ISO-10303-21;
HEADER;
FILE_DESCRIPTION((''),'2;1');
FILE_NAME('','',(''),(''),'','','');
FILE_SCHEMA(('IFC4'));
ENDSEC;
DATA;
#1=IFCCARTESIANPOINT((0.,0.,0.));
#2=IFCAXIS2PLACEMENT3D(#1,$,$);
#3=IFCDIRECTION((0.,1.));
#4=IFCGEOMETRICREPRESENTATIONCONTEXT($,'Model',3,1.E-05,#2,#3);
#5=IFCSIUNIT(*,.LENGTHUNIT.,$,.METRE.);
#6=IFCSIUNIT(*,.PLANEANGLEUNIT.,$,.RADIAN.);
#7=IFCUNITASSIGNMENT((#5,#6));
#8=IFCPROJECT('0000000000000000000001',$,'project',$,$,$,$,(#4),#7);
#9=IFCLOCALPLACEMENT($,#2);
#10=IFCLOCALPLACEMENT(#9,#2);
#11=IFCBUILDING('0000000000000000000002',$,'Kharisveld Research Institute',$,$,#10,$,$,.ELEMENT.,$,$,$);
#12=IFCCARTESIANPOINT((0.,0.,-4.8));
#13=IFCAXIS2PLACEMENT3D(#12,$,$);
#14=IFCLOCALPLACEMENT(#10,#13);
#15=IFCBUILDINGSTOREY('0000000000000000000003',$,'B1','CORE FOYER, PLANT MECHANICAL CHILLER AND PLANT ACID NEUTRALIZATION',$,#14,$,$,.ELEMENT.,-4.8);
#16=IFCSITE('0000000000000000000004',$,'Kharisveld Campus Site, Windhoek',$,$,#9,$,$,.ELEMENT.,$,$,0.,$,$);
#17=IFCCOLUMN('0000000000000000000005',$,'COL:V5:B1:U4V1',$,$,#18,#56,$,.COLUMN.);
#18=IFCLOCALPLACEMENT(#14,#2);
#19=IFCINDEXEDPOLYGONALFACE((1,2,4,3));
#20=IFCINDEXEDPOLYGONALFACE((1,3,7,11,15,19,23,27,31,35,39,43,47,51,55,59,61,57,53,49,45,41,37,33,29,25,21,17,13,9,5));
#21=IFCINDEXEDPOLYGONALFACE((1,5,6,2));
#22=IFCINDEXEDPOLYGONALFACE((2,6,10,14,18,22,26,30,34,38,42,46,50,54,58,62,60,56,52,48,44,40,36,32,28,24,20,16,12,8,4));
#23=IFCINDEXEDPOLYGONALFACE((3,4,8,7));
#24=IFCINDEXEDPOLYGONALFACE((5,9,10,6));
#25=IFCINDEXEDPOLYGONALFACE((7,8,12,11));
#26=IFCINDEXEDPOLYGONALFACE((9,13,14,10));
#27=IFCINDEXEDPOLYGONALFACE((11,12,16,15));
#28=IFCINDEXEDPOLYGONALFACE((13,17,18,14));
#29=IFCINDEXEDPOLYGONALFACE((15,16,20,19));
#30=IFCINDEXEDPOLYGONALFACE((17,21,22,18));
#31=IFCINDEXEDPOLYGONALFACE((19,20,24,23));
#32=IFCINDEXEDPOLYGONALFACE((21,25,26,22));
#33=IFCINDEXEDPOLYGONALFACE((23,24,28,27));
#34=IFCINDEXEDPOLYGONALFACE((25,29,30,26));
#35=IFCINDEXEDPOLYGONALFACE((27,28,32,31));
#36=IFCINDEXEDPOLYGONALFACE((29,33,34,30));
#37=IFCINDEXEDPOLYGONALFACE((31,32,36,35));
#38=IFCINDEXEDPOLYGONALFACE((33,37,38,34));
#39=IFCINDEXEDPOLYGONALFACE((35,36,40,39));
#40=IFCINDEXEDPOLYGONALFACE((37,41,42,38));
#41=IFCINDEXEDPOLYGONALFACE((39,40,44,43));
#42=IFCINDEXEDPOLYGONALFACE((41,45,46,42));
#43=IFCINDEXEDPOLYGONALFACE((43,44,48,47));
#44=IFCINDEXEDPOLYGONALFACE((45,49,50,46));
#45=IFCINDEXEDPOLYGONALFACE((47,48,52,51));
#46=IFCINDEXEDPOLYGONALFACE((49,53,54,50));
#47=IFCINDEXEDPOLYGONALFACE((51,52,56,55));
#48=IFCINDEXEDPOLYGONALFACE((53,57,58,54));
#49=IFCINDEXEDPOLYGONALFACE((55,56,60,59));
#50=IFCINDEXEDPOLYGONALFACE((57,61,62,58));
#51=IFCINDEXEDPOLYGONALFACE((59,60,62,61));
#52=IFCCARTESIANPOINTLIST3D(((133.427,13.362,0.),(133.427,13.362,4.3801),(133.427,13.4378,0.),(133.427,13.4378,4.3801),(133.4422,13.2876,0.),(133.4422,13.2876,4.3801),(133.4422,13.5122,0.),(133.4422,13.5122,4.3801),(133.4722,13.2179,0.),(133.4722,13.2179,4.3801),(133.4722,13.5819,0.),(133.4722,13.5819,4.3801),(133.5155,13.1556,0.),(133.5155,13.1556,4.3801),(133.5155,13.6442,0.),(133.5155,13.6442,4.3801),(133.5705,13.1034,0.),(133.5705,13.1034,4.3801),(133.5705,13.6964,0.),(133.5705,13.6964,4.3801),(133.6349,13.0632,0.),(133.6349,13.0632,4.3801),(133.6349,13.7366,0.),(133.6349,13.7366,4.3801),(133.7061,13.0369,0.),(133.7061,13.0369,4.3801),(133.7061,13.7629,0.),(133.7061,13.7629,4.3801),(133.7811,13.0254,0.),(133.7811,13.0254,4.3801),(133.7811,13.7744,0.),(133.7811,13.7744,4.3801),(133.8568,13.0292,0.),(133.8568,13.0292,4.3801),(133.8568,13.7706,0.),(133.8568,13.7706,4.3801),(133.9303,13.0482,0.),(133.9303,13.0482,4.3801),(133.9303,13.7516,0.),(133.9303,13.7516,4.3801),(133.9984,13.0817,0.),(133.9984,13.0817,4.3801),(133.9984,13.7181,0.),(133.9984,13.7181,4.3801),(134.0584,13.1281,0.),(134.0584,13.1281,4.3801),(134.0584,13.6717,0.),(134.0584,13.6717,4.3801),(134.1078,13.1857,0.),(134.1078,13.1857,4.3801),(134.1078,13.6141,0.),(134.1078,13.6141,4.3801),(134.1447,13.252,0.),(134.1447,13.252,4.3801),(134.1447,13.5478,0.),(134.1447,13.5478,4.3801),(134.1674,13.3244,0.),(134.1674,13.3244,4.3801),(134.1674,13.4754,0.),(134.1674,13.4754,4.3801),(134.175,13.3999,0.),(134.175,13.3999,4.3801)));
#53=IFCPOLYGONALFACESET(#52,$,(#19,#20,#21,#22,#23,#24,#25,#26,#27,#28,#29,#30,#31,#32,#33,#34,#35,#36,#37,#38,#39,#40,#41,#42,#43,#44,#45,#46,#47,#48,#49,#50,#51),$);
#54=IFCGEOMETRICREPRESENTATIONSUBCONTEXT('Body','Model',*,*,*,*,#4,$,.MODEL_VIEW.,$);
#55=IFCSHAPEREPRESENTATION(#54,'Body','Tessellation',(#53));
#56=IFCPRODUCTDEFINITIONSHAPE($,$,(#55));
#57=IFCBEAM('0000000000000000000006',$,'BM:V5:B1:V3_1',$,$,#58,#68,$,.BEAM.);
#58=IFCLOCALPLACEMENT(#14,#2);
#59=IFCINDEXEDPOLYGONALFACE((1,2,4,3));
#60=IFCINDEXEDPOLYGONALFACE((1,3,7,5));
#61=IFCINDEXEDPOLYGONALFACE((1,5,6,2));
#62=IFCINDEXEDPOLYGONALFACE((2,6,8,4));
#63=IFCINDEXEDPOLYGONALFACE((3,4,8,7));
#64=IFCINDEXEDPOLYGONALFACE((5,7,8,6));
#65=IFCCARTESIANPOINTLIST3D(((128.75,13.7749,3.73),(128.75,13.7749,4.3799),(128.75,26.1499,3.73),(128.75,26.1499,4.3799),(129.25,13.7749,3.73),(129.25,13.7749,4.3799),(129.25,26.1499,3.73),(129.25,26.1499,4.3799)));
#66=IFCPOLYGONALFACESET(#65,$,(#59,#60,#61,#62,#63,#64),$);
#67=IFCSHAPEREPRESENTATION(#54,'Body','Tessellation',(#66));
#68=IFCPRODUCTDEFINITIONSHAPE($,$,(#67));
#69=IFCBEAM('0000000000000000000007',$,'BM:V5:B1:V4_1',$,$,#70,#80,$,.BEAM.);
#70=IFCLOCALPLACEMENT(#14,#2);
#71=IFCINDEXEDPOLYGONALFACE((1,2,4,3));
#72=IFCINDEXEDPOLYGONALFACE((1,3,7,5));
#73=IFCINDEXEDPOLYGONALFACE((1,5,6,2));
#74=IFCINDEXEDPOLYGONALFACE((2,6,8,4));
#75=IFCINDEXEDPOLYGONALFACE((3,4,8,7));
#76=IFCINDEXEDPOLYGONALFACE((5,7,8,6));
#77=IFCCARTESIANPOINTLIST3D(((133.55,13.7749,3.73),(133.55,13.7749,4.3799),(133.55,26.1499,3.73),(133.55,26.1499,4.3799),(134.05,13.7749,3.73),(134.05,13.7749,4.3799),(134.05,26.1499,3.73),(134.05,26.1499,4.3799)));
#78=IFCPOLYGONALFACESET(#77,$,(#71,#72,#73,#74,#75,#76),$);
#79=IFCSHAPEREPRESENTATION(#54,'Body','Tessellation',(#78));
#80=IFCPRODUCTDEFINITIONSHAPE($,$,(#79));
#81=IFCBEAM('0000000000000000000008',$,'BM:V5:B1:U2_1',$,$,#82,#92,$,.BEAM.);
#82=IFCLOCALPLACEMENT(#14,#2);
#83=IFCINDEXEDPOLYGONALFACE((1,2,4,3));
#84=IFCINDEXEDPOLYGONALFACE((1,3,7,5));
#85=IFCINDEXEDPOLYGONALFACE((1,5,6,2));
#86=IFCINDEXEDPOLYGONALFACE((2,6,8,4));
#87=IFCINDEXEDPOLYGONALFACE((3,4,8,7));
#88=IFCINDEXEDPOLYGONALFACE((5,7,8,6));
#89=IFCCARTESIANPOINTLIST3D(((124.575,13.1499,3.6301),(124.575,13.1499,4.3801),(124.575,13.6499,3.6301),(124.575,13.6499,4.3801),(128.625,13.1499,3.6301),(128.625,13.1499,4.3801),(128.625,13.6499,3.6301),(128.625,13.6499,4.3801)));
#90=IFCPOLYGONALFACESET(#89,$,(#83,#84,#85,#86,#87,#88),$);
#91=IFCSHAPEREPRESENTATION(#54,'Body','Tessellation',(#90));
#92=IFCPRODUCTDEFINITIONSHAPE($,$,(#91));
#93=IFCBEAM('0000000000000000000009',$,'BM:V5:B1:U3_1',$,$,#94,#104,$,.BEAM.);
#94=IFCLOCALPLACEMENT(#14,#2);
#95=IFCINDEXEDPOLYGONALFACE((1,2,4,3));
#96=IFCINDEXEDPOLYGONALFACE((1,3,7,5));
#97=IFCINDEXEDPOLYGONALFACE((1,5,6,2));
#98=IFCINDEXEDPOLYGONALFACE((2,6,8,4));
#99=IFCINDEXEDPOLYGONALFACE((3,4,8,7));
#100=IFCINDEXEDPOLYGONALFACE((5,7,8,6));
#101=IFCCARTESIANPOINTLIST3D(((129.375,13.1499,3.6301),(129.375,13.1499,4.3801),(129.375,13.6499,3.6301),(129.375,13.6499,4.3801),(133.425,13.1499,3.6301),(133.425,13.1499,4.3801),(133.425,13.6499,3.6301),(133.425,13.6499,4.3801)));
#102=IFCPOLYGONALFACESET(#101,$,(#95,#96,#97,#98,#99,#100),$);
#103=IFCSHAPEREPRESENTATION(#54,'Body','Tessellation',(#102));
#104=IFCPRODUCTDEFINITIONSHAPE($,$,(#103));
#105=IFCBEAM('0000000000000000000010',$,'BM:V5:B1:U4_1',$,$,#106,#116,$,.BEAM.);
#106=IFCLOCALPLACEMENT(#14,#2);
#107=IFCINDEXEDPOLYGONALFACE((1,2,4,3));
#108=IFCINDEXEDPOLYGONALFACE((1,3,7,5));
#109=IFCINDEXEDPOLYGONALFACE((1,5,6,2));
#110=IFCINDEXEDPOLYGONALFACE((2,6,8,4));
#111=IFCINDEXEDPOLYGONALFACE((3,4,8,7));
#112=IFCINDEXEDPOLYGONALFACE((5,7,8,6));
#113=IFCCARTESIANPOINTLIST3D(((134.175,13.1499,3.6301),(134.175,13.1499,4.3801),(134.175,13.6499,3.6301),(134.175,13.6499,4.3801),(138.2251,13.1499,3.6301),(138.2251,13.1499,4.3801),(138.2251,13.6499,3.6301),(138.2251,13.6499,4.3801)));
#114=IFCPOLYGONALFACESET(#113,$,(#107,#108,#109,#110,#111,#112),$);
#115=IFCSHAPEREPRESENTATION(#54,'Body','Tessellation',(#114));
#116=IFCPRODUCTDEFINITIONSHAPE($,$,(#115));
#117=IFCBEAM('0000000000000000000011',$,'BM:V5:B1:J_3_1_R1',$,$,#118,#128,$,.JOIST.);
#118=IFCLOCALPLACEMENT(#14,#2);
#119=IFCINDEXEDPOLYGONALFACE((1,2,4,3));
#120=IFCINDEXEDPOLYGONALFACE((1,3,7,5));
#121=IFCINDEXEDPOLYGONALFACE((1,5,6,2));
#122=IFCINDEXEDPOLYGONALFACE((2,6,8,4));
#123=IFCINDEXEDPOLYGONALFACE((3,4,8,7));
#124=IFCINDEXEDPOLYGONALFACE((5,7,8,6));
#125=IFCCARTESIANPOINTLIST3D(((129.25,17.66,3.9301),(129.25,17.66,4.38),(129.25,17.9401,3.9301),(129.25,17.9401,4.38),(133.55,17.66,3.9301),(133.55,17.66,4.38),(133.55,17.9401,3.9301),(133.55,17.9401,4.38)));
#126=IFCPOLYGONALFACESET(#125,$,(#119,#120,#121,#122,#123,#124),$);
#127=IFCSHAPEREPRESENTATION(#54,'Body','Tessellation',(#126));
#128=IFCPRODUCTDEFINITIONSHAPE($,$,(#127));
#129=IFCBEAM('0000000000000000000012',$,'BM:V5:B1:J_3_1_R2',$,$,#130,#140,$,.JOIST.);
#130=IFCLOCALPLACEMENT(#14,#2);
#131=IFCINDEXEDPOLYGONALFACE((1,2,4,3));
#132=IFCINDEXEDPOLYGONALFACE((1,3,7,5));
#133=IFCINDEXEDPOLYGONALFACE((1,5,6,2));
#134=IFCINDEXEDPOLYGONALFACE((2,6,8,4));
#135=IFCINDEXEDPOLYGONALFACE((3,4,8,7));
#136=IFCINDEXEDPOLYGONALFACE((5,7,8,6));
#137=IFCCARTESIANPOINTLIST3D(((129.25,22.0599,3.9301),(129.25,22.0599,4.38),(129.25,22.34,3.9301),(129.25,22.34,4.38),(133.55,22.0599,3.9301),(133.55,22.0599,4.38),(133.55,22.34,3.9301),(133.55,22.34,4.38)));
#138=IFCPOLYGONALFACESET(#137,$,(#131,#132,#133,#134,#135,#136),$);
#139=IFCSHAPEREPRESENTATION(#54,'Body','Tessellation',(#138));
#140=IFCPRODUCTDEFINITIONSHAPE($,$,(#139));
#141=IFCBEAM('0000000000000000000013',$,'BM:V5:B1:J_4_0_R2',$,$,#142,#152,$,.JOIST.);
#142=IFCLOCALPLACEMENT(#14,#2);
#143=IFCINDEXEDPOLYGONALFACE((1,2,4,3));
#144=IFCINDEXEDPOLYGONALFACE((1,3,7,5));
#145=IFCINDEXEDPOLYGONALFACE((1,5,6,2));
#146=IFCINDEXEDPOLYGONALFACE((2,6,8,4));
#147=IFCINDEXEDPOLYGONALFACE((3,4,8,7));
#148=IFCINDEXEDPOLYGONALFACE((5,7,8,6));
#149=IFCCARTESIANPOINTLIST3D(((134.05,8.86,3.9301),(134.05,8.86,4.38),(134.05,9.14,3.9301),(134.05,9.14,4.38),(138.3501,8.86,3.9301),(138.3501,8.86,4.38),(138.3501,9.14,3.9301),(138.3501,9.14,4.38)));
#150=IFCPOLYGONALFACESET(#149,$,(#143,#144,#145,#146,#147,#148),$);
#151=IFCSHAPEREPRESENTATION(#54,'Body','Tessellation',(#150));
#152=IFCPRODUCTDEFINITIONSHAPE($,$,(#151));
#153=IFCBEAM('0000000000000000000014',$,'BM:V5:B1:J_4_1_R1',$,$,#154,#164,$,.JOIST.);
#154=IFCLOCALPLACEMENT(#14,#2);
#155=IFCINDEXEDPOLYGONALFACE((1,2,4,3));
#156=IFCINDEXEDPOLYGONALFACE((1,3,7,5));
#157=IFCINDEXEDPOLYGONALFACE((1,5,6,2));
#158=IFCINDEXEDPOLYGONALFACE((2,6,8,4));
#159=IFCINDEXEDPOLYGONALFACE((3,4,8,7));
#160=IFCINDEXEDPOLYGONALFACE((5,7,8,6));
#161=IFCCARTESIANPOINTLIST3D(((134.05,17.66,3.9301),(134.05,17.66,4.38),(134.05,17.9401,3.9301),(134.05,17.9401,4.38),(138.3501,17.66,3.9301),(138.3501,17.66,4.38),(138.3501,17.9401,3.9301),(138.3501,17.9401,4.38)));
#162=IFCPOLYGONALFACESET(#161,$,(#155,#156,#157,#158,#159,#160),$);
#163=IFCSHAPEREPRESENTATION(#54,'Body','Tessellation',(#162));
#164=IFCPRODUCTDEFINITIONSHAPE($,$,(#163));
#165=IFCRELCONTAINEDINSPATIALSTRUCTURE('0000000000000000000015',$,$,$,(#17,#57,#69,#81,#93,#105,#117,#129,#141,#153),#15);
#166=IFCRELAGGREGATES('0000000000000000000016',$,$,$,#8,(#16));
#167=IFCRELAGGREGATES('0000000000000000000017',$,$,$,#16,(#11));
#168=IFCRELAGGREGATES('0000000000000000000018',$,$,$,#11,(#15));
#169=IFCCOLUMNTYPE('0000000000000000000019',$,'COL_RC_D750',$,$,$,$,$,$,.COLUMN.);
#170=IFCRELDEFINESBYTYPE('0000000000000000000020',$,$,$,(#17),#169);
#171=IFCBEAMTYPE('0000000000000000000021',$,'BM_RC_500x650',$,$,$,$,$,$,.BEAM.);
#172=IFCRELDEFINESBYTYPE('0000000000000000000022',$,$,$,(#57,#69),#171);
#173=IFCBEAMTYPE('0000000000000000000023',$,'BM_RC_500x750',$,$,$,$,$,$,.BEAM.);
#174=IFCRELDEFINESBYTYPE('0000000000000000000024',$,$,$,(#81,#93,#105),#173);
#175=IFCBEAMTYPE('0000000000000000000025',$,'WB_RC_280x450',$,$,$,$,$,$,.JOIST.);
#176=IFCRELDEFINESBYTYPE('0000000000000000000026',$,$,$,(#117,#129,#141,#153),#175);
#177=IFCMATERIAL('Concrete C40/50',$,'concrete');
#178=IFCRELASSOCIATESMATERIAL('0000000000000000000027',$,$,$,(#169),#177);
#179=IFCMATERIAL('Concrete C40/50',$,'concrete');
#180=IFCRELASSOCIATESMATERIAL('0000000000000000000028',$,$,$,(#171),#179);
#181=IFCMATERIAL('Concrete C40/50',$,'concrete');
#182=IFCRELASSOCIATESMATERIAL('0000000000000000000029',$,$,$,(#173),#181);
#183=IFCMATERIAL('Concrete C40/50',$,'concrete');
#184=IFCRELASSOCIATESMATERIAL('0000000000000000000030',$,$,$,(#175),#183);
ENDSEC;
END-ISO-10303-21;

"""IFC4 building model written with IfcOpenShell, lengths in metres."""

from ifc_helpers import new_model, si_unit, direction, frame, origin, origin_2d, place, context, subcontext, project, spatial, rectangle, circle, extrude, material, material_profile, profile_set, type_object, element, save


model = new_model("IFC4")

# Units and contexts
model_context = context("Model", 3, precision=1e-05, world=origin(), true_north=direction((0.0, 1.0)))
body_context = subcontext(model_context, "Body", "Model", "MODEL_VIEW")
ifc_project = project(units=[si_unit("LENGTHUNIT", "METRE"), si_unit("PLANEANGLEUNIT", "RADIAN")], contexts=[model_context])

# Site, building, storey
site_placement = place(None, origin())
site = spatial("IfcSite", under=ifc_project, at=site_placement, Name="Kharisveld Campus Site, Windhoek", CompositionType="ELEMENT", RefElevation=0.0)
building_placement = place(site_placement, origin())
building = spatial("IfcBuilding", under=site, at=building_placement, Name="Kharisveld Research Institute", CompositionType="ELEMENT")
storey_placement = place(building_placement, frame((0.0, 0.0, -4.8)))
storey = spatial("IfcBuildingStorey", under=building, at=storey_placement, Name="B1", Description="CORE FOYER, PLANT MECHANICAL CHILLER AND PLANT ACID NEUTRALIZATION", CompositionType="ELEMENT", Elevation=-4.8)

# Column
ifc_material_1 = material(Name="Concrete C40/50", Category="concrete")
ifc_material_profile_1 = material_profile(ifc_material_1, circle(Radius=0.375, at=origin_2d()))
ifc_profile_set_1 = profile_set([ifc_material_profile_1], Name="Concrete C40/50")
column_type = type_object("IfcColumnType", Name="COL_RC_D750", PredefinedType="COLUMN", material=ifc_profile_set_1)
for number, where, z_axis, x_axis, name in (
    (1, (133.8, 13.3999, 0.0), (0.0, 0.0, 1.0), (1.0, 0.0, 0.0), "COL:V5:B1:U4V1"),
):
    element("IfcColumn", number, at=place(storey_placement, frame(where, z_axis=z_axis, x_axis=x_axis)), inside=storey, type_object=column_type, Name=name, PredefinedType="COLUMN", context=body_context, shape_type="SweptSolid", body=[
        extrude(circle(Radius=0.375, at=origin_2d()), origin(), (0.0, 0.0, 1.0), 4.3801),
    ])

# Beams
ifc_material_2 = material(Name="Concrete C40/50", Category="concrete")
ifc_material_profile_2 = material_profile(ifc_material_2, rectangle(XDim=0.5, YDim=0.6499, at=origin_2d()))
ifc_profile_set_2 = profile_set([ifc_material_profile_2], Name="Concrete C40/50")
beam_type_1 = type_object("IfcBeamType", Name="BM_RC_500x650", PredefinedType="BEAM", material=ifc_profile_set_2)
for number, where, z_axis, x_axis, name in (
    (2, (129.0, 13.7749, 4.0549), (0.0, 1.0, 0.0), (-1.0, 0.0, 0.0), "BM:V5:B1:V3_1"),
    (3, (133.8, 13.7749, 4.0549), (0.0, 1.0, 0.0), (-1.0, 0.0, 0.0), "BM:V5:B1:V4_1"),
):
    element("IfcBeam", number, at=place(storey_placement, frame(where, z_axis=z_axis, x_axis=x_axis)), inside=storey, type_object=beam_type_1, Name=name, PredefinedType="BEAM", context=body_context, shape_type="SweptSolid", body=[
        extrude(rectangle(XDim=0.5, YDim=0.6499, at=origin_2d()), origin(), (0.0, 0.0, 1.0), 12.375),
    ])
ifc_material_3 = material(Name="Concrete C40/50", Category="concrete")
ifc_material_profile_3 = material_profile(ifc_material_3, rectangle(XDim=0.5, YDim=0.75, at=origin_2d()))
ifc_profile_set_3 = profile_set([ifc_material_profile_3], Name="Concrete C40/50")
beam_type_2 = type_object("IfcBeamType", Name="BM_RC_500x750", PredefinedType="BEAM", material=ifc_profile_set_3)
for number, where, z_axis, x_axis, name in (
    (4, (124.575, 13.3999, 4.0051), (1.0, 0.0, 0.0), (0.0, 1.0, 0.0), "BM:V5:B1:U2_1"),
    (5, (129.375, 13.3999, 4.0051), (1.0, 0.0, 0.0), (0.0, 1.0, 0.0), "BM:V5:B1:U3_1"),
    (6, (134.175, 13.3999, 4.0051), (1.0, 0.0, 0.0), (0.0, 1.0, 0.0), "BM:V5:B1:U4_1"),
):
    element("IfcBeam", number, at=place(storey_placement, frame(where, z_axis=z_axis, x_axis=x_axis)), inside=storey, type_object=beam_type_2, Name=name, PredefinedType="BEAM", context=body_context, shape_type="SweptSolid", body=[
        extrude(rectangle(XDim=0.5, YDim=0.75, at=origin_2d()), origin(), (0.0, 0.0, 1.0), 4.05),
    ])
ifc_material_4 = material(Name="Concrete C40/50", Category="concrete")
ifc_material_profile_4 = material_profile(ifc_material_4, rectangle(XDim=0.28, YDim=0.45, at=origin_2d()))
ifc_profile_set_4 = profile_set([ifc_material_profile_4], Name="Concrete C40/50")
beam_type_3 = type_object("IfcBeamType", Name="WB_RC_280x450", PredefinedType="JOIST", material=ifc_profile_set_4)
for number, where, z_axis, x_axis, name in (
    (7, (129.25, 17.8, 4.155), (1.0, 0.0, 0.0), (0.0, 1.0, 0.0), "BM:V5:B1:J_3_1_R1"),
    (8, (129.25, 22.2, 4.155), (1.0, 0.0, 0.0), (0.0, 1.0, 0.0), "BM:V5:B1:J_3_1_R2"),
    (9, (134.05, 9.0, 4.155), (1.0, 0.0, 0.0), (0.0, 1.0, 0.0), "BM:V5:B1:J_4_0_R2"),
    (10, (134.05, 17.8, 4.155), (1.0, 0.0, 0.0), (0.0, 1.0, 0.0), "BM:V5:B1:J_4_1_R1"),
):
    element("IfcBeam", number, at=place(storey_placement, frame(where, z_axis=z_axis, x_axis=x_axis)), inside=storey, type_object=beam_type_3, Name=name, PredefinedType="JOIST", context=body_context, shape_type="SweptSolid", body=[
        extrude(rectangle(XDim=0.28, YDim=0.45, at=origin_2d()), origin(), (0.0, 0.0, 1.0), 4.3),
    ])

save(model, "model.ifc")
